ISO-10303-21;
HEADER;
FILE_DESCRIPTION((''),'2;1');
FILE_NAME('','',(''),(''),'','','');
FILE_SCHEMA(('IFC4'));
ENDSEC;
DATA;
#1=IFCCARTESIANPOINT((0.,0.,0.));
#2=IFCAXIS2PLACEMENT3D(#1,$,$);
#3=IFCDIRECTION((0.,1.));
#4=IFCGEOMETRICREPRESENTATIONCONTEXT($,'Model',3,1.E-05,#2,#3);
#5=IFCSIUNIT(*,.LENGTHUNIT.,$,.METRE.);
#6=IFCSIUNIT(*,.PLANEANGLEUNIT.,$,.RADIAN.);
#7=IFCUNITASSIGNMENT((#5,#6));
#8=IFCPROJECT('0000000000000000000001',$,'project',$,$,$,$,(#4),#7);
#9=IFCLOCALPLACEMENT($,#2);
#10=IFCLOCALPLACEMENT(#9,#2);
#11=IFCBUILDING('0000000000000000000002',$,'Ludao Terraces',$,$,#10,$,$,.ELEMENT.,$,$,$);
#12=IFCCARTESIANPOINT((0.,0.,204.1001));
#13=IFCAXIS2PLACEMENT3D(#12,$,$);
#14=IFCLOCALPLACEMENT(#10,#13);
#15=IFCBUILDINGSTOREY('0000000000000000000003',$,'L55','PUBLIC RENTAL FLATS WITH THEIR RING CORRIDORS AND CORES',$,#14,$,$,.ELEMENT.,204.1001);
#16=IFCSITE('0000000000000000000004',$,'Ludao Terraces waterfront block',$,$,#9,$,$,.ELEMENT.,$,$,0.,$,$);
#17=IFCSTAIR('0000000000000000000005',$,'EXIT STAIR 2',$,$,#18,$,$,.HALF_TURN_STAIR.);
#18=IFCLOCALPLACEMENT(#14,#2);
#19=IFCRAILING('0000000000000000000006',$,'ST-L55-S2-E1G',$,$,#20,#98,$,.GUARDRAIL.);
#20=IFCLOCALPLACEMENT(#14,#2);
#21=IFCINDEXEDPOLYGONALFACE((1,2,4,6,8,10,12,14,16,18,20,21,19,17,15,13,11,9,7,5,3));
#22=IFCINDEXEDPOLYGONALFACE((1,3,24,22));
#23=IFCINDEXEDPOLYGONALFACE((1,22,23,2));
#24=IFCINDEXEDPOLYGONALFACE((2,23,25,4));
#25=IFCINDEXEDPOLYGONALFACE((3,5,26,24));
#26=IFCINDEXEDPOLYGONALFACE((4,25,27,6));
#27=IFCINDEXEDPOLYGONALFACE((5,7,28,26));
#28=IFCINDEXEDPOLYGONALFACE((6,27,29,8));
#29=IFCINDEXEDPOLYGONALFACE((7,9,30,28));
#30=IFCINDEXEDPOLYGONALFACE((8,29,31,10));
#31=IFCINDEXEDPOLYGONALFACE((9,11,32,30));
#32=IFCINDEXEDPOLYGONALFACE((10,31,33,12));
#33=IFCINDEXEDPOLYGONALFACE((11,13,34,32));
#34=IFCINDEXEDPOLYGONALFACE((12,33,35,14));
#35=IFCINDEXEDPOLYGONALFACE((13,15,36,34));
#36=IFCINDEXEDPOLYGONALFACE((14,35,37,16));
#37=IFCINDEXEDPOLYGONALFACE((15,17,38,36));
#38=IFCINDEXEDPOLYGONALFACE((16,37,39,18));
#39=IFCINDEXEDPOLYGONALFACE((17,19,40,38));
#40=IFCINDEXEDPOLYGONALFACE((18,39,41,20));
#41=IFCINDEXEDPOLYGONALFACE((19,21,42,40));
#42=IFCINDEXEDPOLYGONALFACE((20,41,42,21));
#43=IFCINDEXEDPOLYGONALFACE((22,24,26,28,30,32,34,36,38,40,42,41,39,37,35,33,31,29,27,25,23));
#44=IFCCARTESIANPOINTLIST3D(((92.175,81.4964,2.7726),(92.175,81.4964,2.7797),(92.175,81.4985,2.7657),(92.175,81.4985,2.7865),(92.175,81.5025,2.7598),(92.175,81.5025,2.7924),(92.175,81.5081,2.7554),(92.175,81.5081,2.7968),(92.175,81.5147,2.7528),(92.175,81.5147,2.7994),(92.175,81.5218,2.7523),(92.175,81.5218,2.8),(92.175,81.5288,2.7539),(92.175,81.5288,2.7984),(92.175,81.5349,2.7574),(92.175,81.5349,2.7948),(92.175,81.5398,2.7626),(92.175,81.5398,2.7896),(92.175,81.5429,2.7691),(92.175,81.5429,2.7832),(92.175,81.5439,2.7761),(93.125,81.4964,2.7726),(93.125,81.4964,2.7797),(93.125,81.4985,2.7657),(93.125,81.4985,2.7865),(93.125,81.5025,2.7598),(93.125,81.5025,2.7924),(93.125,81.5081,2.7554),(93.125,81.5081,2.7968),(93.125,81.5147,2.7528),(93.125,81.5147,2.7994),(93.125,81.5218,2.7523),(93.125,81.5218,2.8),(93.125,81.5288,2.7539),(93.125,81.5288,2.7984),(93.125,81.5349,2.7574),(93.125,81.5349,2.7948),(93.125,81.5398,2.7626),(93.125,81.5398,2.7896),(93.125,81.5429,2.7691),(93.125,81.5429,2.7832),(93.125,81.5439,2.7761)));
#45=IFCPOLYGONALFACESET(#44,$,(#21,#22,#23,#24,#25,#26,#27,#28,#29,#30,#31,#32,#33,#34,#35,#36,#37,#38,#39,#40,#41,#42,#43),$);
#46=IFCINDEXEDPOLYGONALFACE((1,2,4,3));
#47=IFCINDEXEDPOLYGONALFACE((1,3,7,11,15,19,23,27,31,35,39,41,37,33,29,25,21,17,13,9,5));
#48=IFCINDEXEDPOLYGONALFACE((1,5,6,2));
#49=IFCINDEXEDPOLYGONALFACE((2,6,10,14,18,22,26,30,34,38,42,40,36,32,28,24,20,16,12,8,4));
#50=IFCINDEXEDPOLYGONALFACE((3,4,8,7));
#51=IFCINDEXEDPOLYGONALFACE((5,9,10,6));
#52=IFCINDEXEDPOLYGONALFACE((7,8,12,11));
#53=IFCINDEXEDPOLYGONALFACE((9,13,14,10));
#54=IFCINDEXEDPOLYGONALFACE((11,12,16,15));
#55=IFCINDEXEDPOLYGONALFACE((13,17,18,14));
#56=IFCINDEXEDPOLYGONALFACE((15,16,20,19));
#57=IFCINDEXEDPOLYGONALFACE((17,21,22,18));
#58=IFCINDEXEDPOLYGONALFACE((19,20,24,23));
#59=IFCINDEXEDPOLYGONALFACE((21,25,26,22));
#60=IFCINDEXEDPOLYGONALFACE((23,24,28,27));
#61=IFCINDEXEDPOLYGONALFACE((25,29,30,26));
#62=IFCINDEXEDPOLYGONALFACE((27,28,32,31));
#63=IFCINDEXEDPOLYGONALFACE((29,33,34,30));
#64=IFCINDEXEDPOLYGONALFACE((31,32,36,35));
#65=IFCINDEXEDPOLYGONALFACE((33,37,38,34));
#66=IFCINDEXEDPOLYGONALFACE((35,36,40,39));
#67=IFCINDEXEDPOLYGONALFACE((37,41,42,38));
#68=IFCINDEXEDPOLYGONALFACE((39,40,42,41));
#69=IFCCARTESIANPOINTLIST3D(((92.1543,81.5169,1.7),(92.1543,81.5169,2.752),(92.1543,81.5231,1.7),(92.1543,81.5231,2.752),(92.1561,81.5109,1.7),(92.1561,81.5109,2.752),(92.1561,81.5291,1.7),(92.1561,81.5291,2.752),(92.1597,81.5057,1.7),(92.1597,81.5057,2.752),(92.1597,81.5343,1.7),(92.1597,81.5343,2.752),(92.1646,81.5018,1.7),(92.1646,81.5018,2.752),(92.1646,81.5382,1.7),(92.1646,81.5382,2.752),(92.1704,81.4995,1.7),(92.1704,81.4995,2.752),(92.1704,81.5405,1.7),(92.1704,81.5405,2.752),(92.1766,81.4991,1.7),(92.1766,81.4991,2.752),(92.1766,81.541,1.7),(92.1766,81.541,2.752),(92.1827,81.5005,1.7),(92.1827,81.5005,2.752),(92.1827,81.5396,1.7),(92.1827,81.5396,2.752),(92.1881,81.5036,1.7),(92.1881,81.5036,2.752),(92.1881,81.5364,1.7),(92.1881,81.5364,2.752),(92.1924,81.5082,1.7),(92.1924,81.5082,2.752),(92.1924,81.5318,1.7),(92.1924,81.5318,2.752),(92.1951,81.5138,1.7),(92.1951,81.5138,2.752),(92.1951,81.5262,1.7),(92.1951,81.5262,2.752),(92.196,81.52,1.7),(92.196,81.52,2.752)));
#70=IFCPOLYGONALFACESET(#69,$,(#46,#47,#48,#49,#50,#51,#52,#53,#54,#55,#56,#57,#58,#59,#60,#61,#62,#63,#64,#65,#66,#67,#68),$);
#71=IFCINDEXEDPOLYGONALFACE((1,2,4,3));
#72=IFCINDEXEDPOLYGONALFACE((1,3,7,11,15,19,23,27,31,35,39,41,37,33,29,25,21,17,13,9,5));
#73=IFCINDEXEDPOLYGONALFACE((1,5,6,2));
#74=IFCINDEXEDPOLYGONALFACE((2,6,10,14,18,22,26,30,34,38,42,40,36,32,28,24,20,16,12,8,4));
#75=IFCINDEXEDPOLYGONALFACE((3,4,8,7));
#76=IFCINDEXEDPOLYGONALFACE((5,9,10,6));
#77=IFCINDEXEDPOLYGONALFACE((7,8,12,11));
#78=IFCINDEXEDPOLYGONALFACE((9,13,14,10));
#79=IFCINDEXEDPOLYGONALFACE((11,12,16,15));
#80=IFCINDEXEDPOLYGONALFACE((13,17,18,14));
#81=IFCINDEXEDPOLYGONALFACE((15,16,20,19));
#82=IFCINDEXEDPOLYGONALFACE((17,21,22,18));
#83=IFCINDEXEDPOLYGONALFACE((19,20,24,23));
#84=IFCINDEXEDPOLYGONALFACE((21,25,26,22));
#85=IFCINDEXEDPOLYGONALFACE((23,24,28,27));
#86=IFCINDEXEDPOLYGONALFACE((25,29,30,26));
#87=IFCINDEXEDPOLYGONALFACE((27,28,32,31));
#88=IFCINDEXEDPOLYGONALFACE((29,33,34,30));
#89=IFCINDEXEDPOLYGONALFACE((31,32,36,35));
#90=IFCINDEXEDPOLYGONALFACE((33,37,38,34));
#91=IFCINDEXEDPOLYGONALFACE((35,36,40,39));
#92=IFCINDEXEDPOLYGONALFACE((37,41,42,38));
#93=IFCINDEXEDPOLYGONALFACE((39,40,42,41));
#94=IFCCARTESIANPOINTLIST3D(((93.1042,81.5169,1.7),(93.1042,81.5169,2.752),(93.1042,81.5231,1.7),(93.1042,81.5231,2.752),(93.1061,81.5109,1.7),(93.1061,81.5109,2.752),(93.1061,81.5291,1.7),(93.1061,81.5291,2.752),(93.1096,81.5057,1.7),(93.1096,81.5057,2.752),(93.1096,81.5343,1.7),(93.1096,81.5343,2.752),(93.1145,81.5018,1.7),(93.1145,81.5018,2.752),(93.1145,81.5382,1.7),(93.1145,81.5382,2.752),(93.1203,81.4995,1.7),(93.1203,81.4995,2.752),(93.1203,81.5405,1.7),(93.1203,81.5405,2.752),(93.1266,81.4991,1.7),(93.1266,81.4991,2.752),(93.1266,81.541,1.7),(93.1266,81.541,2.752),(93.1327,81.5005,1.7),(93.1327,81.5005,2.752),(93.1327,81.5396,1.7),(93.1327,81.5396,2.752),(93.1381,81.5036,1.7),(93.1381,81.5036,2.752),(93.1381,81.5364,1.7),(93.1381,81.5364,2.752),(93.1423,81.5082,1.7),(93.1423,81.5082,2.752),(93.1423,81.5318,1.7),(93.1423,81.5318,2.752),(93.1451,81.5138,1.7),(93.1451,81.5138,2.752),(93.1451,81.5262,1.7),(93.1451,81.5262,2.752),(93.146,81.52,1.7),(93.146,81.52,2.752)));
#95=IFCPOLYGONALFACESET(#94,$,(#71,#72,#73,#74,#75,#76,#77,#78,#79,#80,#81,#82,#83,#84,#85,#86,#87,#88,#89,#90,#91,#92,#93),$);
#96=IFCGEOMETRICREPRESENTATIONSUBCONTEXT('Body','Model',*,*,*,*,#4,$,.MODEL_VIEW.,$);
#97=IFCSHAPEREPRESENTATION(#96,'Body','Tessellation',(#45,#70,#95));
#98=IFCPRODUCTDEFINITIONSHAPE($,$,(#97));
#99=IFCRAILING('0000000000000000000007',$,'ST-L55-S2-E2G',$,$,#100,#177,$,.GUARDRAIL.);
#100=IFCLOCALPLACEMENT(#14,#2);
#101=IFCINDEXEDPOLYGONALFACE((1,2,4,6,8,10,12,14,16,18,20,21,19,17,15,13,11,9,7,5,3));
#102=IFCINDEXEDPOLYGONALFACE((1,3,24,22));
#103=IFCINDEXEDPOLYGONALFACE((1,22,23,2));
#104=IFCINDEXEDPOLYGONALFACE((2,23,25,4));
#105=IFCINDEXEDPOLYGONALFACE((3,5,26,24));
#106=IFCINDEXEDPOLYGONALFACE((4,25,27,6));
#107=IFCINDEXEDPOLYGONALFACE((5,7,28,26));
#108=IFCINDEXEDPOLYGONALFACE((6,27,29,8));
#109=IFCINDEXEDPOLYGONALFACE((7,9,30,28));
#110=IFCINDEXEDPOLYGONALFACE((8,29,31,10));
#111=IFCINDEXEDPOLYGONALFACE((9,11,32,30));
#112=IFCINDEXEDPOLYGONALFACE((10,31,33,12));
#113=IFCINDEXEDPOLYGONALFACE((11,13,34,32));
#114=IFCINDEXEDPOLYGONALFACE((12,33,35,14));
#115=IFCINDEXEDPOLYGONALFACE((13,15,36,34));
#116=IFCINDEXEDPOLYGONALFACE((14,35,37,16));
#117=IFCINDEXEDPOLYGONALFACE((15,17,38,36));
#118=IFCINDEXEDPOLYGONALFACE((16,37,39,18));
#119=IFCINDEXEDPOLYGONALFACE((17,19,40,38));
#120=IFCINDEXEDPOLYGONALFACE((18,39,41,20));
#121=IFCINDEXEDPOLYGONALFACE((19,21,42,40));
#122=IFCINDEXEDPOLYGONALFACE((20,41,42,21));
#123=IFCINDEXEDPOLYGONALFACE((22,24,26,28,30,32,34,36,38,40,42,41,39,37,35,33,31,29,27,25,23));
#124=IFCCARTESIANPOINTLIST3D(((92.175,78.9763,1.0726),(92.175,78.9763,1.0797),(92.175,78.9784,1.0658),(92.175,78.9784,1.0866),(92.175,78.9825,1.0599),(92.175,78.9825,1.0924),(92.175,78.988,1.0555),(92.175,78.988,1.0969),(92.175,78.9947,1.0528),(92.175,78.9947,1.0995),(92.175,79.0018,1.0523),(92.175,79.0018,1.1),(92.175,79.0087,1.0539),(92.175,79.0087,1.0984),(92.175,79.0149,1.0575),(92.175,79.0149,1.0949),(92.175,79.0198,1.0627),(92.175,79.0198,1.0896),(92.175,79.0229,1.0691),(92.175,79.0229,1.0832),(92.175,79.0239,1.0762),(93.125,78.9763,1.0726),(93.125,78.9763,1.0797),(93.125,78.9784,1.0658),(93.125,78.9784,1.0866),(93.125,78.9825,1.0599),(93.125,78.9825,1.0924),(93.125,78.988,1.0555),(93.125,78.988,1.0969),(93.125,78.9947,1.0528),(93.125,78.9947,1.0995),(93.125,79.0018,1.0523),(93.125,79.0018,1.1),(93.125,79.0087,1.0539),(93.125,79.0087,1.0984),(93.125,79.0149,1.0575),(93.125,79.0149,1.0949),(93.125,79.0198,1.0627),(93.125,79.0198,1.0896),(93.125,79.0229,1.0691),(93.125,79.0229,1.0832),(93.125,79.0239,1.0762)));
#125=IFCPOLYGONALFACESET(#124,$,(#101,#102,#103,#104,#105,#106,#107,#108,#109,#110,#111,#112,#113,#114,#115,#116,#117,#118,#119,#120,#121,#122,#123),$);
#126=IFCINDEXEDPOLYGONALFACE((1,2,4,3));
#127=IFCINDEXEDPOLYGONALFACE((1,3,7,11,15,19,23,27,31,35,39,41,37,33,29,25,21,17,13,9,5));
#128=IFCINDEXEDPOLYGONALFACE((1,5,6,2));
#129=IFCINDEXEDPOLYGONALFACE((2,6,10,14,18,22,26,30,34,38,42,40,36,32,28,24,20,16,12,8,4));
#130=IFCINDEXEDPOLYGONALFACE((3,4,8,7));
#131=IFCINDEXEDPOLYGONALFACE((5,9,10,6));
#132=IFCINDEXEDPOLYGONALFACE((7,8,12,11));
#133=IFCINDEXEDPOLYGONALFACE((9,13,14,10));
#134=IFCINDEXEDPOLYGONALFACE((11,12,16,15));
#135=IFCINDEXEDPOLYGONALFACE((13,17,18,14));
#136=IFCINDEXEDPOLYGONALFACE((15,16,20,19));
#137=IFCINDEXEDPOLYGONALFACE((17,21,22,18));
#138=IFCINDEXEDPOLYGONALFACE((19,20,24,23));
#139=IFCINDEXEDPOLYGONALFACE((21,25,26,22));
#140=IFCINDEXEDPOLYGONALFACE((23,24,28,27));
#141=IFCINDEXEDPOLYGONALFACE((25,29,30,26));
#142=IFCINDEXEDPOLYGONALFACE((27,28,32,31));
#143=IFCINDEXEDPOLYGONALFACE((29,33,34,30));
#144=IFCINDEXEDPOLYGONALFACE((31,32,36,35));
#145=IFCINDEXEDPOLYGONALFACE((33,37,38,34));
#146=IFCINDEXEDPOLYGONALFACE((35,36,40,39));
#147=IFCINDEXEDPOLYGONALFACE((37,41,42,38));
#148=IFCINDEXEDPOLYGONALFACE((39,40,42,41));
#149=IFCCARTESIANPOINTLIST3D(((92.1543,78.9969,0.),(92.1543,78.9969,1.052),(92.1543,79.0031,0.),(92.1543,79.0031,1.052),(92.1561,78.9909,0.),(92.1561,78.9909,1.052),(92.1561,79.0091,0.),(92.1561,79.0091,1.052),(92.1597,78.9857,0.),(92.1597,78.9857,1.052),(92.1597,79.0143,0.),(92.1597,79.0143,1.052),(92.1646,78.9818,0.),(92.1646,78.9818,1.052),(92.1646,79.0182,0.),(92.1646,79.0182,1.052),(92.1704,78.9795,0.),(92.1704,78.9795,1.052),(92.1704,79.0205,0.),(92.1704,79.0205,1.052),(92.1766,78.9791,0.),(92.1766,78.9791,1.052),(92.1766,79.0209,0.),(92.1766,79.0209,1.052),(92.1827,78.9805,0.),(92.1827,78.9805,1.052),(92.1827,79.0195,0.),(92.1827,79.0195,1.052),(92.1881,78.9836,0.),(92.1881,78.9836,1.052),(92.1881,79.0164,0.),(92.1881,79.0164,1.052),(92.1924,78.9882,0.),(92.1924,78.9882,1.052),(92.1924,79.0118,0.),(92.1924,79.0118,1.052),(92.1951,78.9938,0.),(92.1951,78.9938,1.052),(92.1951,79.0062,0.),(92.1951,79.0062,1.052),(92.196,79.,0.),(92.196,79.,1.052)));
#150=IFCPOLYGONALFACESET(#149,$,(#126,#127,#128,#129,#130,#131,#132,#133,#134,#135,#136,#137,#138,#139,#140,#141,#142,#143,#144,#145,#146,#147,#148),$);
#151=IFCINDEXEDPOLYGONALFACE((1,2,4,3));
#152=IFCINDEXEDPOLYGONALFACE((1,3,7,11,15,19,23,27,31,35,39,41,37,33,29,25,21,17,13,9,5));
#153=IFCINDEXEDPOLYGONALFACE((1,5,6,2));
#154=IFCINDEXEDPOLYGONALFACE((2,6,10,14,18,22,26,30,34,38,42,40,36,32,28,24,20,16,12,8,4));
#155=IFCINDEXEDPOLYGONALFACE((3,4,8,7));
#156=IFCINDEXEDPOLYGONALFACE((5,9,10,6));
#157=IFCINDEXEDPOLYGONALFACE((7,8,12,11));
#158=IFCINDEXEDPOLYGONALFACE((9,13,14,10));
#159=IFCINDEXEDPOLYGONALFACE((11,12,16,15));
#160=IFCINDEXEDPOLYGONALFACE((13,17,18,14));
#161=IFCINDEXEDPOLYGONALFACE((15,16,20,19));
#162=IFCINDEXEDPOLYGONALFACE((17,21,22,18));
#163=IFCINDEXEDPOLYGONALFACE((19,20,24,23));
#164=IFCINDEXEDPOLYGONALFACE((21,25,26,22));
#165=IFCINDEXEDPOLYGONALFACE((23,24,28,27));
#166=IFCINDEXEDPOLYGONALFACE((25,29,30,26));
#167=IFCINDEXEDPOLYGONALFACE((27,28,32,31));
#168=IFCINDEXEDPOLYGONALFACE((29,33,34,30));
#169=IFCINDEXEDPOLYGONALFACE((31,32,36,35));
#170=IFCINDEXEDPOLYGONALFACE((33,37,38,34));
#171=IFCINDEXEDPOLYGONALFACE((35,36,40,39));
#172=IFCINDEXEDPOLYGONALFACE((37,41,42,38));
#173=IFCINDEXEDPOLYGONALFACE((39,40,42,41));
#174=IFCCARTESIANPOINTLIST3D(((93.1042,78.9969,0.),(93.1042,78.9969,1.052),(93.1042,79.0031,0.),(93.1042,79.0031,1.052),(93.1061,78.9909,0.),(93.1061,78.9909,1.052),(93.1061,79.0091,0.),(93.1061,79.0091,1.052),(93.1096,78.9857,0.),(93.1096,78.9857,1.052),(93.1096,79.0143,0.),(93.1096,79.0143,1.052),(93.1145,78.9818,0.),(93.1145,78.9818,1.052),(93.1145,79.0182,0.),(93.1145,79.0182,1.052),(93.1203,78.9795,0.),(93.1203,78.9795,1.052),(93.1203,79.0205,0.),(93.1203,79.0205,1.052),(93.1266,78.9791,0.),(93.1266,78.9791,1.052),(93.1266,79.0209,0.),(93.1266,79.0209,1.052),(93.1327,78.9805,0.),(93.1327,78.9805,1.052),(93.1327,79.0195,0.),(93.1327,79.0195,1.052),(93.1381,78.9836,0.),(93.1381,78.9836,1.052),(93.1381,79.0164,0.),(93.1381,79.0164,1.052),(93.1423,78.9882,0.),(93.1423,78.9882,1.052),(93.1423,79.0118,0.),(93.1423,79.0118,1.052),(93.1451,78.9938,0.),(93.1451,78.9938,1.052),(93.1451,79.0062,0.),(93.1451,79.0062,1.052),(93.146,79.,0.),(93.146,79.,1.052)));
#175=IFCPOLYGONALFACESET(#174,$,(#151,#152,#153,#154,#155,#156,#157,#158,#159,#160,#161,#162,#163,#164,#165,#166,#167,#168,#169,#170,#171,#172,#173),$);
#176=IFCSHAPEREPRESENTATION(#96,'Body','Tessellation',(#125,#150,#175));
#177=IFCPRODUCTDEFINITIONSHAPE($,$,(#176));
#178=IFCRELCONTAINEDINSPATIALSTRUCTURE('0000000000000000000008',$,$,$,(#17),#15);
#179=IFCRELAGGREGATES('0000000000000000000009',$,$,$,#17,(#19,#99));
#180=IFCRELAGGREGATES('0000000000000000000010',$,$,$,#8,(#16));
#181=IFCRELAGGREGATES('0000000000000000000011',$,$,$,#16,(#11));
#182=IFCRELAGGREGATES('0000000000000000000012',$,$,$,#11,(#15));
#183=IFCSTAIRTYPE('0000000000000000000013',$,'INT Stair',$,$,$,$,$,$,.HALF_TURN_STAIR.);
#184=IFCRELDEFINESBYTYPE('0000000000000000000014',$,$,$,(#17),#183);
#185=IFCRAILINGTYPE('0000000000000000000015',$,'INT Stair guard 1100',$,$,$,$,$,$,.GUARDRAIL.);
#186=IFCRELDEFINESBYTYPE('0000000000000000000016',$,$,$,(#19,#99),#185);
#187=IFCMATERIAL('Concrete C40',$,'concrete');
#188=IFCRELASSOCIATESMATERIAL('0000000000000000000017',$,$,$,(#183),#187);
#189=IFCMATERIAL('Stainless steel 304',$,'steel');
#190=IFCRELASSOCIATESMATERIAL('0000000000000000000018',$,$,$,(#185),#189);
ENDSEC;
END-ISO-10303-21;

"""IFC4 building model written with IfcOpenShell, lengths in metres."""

from ifc_helpers import new_model, si_unit, direction, frame, origin, origin_2d, place, context, subcontext, project, spatial, circle, extrude, material, type_object, element, aggregate, save


model = new_model("IFC4")

# Units and contexts
model_context = context("Model", 3, precision=1e-05, world=origin(), true_north=direction((0.0, 1.0)))
body_context = subcontext(model_context, "Body", "Model", "MODEL_VIEW")
ifc_project = project(units=[si_unit("LENGTHUNIT", "METRE"), si_unit("PLANEANGLEUNIT", "RADIAN")], contexts=[model_context])

# Site, building, storey
site_placement = place(None, origin())
site = spatial("IfcSite", under=ifc_project, at=site_placement, Name="Ludao Terraces waterfront block", CompositionType="ELEMENT", RefElevation=0.0)
building_placement = place(site_placement, origin())
building = spatial("IfcBuilding", under=site, at=building_placement, Name="Ludao Terraces", CompositionType="ELEMENT")
storey_placement = place(building_placement, frame((0.0, 0.0, 204.1001)))
storey = spatial("IfcBuildingStorey", under=building, at=storey_placement, Name="L55", Description="PUBLIC RENTAL FLATS WITH THEIR RING CORRIDORS AND CORES", CompositionType="ELEMENT", Elevation=204.1001)

# Stair, railings
ifc_material_1 = material(Name="Concrete C40", Category="concrete")
stair_type = type_object("IfcStairType", Name="INT Stair", PredefinedType="HALF_TURN_STAIR", material=ifc_material_1)
stair_placement = place(storey_placement, origin())
stair = element("IfcStair", 1, at=stair_placement, inside=storey, type_object=stair_type, Name="EXIT STAIR 2", PredefinedType="HALF_TURN_STAIR")
ifc_material_2 = material(Name="Stainless steel 304", Category="steel")
railing_type_1 = type_object("IfcRailingType", Name="INT Stair guard 1100", PredefinedType="GUARDRAIL", material=ifc_material_2)
railing_1_placement = place(storey_placement, frame((92.175, 81.52, 1.7)))
railing_1 = element("IfcRailing", 2, at=railing_1_placement, type_object=railing_type_1, Name="ST-L55-S2-E1G", PredefinedType="GUARDRAIL", context=body_context, shape_type="SweptSolid", body=[
    extrude(circle(Radius=0.0239, at=origin_2d()), frame((0.0, 0.0, 1.0762), z_axis=(1.0, 0.0, 0.0), x_axis=(0.0, 1.0, 0.0)), (0.0, 0.0, 1.0), 0.95),
    extrude(circle(Radius=0.021, at=origin_2d()), origin(), (0.0, 0.0, 1.0), 1.052),
    extrude(circle(Radius=0.021, at=origin_2d()), frame((0.95, 0.0, 0.0)), (0.0, 0.0, 1.0), 1.052),
])
railing_2_placement = place(storey_placement, frame((92.175, 79.0, 0.0)))
railing_2 = element("IfcRailing", 3, at=railing_2_placement, type_object=railing_type_1, Name="ST-L55-S2-E2G", PredefinedType="GUARDRAIL", context=body_context, shape_type="SweptSolid", body=[
    extrude(circle(Radius=0.0239, at=origin_2d()), frame((0.0, 0.0, 1.0762), z_axis=(1.0, 0.0, 0.0), x_axis=(0.0, 1.0, 0.0)), (0.0, 0.0, 1.0), 0.95),
    extrude(circle(Radius=0.021, at=origin_2d()), origin(), (0.0, 0.0, 1.0), 1.052),
    extrude(circle(Radius=0.021, at=origin_2d()), frame((0.95, 0.0, 0.0)), (0.0, 0.0, 1.0), 1.052),
])
aggregate(stair, [railing_1, railing_2])

save(model, "model.ifc")
